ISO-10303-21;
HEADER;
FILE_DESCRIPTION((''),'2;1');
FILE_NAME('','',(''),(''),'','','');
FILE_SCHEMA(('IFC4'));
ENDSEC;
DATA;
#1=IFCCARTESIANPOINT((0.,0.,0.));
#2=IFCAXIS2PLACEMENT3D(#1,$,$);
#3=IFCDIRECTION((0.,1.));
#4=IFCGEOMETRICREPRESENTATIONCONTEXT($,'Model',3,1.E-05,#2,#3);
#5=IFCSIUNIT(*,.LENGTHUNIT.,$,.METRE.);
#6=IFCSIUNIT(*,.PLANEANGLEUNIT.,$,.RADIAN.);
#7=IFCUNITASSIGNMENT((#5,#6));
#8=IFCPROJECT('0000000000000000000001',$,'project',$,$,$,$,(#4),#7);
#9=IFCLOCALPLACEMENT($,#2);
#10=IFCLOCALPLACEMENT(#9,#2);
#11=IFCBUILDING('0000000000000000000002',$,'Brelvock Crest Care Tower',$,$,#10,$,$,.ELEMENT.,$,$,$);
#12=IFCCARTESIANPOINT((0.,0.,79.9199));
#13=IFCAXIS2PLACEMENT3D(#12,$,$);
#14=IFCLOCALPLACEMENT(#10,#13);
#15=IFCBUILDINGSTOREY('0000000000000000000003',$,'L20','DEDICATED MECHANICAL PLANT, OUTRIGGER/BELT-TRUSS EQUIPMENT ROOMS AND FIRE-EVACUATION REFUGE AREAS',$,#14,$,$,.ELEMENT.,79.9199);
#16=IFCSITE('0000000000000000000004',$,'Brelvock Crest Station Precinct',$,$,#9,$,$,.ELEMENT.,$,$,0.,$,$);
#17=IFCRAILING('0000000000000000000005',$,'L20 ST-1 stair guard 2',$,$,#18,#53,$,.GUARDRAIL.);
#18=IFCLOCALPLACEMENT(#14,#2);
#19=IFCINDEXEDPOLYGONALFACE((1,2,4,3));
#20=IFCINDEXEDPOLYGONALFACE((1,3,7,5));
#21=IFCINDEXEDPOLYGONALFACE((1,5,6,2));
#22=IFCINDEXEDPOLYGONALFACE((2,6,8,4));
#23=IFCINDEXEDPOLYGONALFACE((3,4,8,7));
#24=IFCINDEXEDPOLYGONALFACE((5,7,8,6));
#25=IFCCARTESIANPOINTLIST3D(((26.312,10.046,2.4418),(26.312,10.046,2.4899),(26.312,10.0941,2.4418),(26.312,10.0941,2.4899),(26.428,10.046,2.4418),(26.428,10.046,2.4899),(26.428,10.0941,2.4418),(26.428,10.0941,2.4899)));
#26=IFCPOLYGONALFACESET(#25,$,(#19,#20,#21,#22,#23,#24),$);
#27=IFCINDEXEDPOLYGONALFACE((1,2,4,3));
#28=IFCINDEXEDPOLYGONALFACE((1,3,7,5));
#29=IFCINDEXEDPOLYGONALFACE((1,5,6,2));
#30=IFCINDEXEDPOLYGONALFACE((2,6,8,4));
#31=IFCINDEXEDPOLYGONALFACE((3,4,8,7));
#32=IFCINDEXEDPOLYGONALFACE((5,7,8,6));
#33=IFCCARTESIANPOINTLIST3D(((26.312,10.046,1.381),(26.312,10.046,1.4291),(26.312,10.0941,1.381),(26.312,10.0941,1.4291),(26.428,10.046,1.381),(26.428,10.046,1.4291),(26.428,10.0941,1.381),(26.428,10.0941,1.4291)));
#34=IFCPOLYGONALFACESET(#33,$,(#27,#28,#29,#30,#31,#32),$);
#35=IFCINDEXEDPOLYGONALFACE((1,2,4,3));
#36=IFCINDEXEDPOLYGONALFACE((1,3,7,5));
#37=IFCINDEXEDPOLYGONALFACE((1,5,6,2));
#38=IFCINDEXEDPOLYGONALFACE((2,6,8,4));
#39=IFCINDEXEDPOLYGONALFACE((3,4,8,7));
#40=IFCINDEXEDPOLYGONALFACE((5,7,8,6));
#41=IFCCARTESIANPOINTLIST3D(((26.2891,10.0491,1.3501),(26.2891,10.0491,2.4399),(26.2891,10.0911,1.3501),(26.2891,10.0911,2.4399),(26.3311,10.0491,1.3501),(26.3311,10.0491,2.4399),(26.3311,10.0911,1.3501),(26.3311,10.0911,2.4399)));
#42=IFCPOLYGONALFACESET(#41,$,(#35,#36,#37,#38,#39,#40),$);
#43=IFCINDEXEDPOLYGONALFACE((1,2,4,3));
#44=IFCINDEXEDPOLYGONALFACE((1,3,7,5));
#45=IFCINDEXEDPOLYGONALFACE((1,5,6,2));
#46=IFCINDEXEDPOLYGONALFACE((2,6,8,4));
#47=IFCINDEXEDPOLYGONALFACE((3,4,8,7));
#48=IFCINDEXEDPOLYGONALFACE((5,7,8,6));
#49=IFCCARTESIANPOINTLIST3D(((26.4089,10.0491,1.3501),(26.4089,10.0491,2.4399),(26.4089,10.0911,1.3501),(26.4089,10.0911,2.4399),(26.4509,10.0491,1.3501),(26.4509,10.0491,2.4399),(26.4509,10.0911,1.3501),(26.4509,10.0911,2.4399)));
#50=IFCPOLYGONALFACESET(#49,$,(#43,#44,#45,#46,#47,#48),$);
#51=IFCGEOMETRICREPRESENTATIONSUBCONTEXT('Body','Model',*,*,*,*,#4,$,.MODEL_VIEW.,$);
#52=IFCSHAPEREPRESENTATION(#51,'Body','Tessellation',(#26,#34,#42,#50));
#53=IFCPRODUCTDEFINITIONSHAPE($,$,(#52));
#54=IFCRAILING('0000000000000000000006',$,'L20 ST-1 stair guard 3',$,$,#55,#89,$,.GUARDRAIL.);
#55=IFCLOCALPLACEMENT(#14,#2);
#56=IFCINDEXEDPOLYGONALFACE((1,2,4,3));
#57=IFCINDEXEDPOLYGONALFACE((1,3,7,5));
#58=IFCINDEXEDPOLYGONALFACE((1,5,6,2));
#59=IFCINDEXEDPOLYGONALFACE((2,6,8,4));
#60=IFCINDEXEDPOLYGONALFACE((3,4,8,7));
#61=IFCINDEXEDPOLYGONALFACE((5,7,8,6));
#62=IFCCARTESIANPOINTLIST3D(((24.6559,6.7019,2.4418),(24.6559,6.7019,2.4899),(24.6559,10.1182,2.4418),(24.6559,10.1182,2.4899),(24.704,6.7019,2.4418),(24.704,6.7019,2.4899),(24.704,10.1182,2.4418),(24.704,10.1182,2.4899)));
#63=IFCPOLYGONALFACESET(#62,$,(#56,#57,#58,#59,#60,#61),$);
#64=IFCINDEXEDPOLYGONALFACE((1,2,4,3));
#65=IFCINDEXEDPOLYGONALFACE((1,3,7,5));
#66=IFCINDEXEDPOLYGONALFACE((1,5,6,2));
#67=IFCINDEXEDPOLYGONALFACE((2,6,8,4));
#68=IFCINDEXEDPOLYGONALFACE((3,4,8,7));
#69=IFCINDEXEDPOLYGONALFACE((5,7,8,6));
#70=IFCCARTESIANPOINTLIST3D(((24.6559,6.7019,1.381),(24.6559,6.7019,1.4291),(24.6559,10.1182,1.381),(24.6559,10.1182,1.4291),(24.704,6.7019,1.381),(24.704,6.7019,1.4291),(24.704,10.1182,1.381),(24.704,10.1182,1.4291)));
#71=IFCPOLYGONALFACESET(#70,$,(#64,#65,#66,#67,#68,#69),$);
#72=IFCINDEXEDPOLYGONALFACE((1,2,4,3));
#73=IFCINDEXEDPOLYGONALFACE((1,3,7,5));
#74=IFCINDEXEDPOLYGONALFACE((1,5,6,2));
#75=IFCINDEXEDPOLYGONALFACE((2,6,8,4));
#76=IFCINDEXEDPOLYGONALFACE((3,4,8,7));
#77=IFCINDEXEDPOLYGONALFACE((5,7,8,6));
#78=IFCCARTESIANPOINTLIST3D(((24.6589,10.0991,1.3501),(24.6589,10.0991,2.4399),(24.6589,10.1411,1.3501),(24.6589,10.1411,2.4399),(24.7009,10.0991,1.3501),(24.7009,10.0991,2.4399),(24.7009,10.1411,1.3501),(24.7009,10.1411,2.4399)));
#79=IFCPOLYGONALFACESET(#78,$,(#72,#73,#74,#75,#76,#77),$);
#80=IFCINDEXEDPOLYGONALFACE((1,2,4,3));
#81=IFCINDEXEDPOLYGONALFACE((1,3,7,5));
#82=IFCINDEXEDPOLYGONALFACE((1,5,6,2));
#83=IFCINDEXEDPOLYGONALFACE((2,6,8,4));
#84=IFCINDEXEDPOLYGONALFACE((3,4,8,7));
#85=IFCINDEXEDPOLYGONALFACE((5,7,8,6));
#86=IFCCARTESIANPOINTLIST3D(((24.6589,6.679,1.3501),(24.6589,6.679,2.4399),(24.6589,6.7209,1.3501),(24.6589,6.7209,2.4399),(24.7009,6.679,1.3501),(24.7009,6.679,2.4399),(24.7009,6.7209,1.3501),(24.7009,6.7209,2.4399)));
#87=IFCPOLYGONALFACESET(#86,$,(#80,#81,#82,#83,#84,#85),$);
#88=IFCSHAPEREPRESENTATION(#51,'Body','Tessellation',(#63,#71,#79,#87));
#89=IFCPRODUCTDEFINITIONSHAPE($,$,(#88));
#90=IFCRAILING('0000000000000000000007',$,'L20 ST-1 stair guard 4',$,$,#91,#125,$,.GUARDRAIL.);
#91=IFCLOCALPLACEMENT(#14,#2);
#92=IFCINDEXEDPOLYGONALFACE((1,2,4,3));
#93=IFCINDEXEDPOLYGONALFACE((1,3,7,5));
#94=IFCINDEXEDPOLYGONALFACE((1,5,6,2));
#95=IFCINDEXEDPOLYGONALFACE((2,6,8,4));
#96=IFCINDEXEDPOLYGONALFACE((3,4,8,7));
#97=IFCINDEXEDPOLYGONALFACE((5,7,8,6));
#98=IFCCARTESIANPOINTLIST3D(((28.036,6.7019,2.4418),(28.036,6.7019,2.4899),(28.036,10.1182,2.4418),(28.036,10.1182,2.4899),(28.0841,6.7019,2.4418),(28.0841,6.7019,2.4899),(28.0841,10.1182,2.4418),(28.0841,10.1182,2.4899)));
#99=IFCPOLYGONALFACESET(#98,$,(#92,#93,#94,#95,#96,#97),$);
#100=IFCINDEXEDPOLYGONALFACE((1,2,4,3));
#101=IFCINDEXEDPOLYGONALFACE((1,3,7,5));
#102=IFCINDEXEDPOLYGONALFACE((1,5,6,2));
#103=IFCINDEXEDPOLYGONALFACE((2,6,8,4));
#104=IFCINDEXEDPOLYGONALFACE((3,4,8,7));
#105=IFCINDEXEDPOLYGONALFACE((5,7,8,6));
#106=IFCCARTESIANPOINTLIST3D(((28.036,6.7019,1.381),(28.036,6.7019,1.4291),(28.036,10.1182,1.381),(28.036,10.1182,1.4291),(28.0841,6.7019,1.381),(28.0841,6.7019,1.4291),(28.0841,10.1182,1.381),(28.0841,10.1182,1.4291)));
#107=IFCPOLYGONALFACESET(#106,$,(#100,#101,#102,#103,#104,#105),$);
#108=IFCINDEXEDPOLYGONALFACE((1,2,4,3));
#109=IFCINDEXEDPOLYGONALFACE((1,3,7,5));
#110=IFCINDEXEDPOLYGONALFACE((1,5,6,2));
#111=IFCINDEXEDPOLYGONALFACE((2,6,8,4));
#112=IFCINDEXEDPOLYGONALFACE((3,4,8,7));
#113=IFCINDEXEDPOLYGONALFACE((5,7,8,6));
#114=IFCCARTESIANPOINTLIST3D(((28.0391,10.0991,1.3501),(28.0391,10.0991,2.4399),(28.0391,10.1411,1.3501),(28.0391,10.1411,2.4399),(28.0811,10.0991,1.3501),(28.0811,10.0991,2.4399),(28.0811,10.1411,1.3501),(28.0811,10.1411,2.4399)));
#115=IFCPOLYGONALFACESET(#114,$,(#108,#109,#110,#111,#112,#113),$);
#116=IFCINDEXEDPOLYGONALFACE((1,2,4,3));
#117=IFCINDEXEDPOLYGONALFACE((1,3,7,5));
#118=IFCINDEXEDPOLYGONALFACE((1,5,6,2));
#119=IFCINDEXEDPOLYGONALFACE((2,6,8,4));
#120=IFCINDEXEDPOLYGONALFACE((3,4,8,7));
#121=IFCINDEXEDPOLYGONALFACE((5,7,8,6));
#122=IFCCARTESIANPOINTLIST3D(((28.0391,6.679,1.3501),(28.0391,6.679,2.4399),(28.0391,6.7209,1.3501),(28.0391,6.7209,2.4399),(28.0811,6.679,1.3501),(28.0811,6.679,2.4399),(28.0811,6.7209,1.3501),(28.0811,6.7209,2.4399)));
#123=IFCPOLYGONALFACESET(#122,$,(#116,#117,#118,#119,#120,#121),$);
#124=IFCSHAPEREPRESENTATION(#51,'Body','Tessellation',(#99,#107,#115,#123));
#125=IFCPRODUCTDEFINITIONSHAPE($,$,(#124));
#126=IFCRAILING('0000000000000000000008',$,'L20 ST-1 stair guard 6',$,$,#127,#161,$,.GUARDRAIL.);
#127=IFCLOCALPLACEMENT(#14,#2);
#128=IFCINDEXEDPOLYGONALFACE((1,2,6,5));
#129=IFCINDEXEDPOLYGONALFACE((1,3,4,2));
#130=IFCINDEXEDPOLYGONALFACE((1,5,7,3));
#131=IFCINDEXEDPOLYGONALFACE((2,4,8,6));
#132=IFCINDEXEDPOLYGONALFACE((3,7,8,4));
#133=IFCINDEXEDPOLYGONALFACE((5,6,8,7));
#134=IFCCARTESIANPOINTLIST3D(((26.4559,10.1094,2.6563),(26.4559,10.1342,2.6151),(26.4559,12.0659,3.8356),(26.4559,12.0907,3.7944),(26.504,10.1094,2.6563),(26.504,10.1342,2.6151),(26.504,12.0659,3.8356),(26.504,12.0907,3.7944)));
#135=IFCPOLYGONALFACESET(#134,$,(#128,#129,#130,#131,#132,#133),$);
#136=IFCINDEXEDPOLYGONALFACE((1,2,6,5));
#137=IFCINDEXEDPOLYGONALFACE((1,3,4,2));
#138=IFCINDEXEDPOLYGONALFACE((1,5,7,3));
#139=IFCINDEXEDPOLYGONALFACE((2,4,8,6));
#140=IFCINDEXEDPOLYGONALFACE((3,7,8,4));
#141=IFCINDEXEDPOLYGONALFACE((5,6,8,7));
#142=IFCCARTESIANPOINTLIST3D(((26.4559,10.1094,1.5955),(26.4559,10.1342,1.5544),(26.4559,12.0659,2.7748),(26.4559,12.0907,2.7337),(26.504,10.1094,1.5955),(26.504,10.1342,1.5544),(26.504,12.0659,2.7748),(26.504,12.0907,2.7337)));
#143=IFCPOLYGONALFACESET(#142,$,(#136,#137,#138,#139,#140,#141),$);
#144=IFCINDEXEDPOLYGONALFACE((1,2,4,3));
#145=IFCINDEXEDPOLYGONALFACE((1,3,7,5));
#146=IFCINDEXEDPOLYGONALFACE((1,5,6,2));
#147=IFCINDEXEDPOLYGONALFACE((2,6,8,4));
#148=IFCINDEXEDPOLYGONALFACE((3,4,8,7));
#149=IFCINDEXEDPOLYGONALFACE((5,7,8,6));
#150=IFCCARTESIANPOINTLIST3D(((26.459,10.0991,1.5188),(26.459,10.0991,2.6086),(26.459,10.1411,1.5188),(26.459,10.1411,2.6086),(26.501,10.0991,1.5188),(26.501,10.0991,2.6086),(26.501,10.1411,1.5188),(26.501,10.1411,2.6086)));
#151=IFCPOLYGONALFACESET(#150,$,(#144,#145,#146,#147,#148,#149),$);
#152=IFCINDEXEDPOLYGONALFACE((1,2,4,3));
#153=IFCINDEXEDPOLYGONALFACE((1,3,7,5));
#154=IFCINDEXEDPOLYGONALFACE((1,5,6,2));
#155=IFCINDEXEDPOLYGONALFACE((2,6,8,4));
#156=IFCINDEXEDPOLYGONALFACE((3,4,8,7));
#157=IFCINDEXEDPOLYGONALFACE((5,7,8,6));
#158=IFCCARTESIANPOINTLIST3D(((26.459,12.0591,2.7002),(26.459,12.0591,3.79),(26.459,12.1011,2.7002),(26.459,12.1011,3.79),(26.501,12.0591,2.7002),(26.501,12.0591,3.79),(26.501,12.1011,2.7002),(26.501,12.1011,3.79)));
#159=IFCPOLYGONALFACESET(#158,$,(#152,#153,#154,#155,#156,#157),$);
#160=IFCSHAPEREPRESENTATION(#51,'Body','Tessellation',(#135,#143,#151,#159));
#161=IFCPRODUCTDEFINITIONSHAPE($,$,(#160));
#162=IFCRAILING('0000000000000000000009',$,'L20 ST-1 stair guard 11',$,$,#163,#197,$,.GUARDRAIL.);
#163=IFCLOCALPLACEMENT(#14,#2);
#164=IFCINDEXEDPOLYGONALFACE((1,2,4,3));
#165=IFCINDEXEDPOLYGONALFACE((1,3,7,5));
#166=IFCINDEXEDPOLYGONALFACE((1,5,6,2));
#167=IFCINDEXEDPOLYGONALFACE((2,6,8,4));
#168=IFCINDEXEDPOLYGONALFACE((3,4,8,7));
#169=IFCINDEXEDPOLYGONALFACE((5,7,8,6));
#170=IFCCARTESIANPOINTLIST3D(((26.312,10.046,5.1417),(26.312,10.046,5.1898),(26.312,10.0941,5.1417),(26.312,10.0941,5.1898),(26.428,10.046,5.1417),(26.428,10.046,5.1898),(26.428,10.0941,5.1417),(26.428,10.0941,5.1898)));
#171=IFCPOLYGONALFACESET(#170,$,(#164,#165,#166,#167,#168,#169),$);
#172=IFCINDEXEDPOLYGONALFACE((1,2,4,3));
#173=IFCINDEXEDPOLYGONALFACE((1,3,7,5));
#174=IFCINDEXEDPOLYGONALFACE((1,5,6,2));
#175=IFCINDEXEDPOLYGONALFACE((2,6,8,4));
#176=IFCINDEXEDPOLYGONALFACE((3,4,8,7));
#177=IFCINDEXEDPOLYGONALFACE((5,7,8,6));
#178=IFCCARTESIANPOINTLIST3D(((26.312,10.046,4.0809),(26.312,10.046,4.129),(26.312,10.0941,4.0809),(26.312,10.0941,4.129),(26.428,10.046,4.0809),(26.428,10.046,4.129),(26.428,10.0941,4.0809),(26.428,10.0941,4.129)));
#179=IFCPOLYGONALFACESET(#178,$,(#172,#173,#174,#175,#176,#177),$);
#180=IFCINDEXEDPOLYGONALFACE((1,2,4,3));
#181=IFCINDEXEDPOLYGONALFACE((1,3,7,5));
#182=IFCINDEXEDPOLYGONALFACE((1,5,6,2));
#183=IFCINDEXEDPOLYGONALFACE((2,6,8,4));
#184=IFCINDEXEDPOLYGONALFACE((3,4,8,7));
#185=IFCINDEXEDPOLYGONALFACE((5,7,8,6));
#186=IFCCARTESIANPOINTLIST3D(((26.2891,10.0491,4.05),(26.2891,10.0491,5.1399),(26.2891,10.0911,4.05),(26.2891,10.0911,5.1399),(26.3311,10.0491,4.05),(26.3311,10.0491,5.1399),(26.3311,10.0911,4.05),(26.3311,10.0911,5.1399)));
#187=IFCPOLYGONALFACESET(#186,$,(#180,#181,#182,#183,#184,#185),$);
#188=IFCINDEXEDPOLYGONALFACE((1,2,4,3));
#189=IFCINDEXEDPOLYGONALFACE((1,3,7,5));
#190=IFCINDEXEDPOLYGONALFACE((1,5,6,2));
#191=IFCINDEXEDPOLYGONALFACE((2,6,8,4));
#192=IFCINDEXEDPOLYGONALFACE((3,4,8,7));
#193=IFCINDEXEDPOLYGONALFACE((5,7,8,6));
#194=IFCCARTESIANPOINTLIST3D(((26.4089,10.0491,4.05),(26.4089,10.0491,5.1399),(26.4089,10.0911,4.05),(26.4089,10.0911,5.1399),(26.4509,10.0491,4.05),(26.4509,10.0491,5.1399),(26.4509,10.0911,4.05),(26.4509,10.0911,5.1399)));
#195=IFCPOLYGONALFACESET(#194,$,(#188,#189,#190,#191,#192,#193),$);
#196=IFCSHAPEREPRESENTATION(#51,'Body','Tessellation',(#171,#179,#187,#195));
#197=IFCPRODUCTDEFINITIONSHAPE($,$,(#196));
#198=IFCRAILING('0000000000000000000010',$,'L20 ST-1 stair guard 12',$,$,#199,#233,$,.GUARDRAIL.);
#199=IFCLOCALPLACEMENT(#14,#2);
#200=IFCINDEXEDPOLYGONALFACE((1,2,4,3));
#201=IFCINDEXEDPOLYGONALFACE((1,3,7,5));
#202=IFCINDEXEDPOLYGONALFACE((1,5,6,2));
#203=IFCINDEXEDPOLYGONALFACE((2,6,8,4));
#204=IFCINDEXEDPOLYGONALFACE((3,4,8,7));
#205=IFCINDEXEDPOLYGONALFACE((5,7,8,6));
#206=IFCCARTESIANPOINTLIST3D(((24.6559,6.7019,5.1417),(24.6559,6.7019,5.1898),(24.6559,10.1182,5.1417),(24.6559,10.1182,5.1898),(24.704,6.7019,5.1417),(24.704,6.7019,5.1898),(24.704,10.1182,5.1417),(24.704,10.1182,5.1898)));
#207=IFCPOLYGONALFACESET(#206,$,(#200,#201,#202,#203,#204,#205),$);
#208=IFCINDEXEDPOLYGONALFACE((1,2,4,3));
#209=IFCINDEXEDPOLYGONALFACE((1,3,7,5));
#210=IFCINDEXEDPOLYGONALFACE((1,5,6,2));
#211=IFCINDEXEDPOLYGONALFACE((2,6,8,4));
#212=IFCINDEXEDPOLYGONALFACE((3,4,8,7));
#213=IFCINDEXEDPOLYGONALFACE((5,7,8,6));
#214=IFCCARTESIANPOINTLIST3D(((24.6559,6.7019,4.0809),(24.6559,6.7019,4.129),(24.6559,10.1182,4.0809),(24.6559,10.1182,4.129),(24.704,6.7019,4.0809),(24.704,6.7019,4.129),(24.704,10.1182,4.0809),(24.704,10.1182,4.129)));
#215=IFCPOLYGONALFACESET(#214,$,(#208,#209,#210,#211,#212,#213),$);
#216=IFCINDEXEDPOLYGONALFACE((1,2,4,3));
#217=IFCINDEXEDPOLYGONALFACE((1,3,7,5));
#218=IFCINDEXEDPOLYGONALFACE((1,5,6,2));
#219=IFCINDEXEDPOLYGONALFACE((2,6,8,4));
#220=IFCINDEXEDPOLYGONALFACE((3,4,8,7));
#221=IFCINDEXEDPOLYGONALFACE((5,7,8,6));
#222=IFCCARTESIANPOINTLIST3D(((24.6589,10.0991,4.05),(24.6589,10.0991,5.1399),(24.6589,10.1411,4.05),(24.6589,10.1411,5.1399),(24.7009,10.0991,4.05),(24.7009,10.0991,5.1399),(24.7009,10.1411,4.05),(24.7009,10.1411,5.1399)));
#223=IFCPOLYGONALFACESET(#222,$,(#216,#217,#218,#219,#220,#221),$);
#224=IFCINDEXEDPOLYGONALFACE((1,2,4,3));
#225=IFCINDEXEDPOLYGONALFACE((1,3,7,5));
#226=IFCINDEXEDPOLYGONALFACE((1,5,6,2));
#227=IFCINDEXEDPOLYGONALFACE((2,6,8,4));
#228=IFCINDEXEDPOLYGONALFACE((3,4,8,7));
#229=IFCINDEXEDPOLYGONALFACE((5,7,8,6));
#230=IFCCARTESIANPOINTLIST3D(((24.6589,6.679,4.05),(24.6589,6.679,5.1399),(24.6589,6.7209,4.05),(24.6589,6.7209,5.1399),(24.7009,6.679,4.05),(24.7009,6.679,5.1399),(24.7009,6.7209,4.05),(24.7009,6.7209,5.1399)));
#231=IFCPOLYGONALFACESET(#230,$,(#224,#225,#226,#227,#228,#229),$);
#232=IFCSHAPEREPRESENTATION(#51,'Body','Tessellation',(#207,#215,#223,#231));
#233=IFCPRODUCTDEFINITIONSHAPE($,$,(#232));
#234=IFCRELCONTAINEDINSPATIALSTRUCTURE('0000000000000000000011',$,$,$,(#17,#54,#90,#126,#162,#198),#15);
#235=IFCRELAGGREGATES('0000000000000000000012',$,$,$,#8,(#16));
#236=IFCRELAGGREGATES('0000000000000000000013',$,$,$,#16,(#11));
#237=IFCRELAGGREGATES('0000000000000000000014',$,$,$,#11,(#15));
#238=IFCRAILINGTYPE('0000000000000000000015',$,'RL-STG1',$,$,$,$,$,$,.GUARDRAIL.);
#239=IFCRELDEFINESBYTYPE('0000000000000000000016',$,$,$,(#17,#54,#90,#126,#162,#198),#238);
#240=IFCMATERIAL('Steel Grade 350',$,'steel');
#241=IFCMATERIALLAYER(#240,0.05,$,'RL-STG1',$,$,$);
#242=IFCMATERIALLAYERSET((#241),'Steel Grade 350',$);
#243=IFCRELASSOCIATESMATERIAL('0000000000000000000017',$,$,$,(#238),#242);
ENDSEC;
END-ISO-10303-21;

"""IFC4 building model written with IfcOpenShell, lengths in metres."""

from ifc_helpers import new_model, si_unit, direction, frame, origin, origin_2d, place, context, subcontext, project, spatial, rectangle, extrude, material, layer, layer_set, type_object, element, save


model = new_model("IFC4")

# Units and contexts
model_context = context("Model", 3, precision=1e-05, world=origin(), true_north=direction((0.0, 1.0)))
body_context = subcontext(model_context, "Body", "Model", "MODEL_VIEW")
ifc_project = project(units=[si_unit("LENGTHUNIT", "METRE"), si_unit("PLANEANGLEUNIT", "RADIAN")], contexts=[model_context])

# Site, building, storey
site_placement = place(None, origin())
site = spatial("IfcSite", under=ifc_project, at=site_placement, Name="Brelvock Crest Station Precinct", CompositionType="ELEMENT", RefElevation=0.0)
building_placement = place(site_placement, origin())
building = spatial("IfcBuilding", under=site, at=building_placement, Name="Brelvock Crest Care Tower", CompositionType="ELEMENT")
storey_placement = place(building_placement, frame((0.0, 0.0, 79.9199)))
storey = spatial("IfcBuildingStorey", under=building, at=storey_placement, Name="L20", Description="DEDICATED MECHANICAL PLANT, OUTRIGGER/BELT-TRUSS EQUIPMENT ROOMS AND FIRE-EVACUATION REFUGE AREAS", CompositionType="ELEMENT", Elevation=79.9199)

# Shared definitions
ifc_material_1 = material(Name="Steel Grade 350", Category="steel")

# Railings
ifc_layer_1 = layer(ifc_material_1, 0.05, Name="RL-STG1")
ifc_layer_set_1 = layer_set([ifc_layer_1], Name="Steel Grade 350")
railing_type_1 = type_object("IfcRailingType", Name="RL-STG1", PredefinedType="GUARDRAIL", material=ifc_layer_set_1)
railing_1_placement = place(storey_placement, frame((26.3101, 10.0701, 1.3501)))
element("IfcRailing", 1, at=railing_1_placement, inside=storey, type_object=railing_type_1, Name="L20 ST-1 stair guard 2", PredefinedType="GUARDRAIL", context=body_context, shape_type="SweptSolid", body=[
    extrude(rectangle(XDim=0.0481, YDim=0.0481, at=origin_2d()), frame((0.002, 0.0, 1.1157), z_axis=(1.0, 0.0, 0.0), x_axis=(0.0, 1.0, 0.0)), (0.0, 0.0, 1.0), 0.116),
    extrude(rectangle(XDim=0.0481, YDim=0.0481, at=origin_2d()), frame((0.002, 0.0, 0.0549), z_axis=(1.0, 0.0, 0.0), x_axis=(0.0, 1.0, 0.0)), (0.0, 0.0, 1.0), 0.116),
    extrude(rectangle(XDim=0.042, YDim=0.042, at=origin_2d()), origin(), (0.0, 0.0, 1.0), 1.0898),
    extrude(rectangle(XDim=0.042, YDim=0.042, at=origin_2d()), frame((0.1199, 0.0, 0.0)), (0.0, 0.0, 1.0), 1.0898),
])
for number, where, name in (
    (2, (24.6799, 10.1201, 1.3501), "L20 ST-1 stair guard 3"),
    (3, (28.0601, 10.1201, 1.3501), "L20 ST-1 stair guard 4"),
):
    element("IfcRailing", number, at=place(storey_placement, frame(where)), inside=storey, type_object=railing_type_1, Name=name, PredefinedType="GUARDRAIL", context=body_context, shape_type="SweptSolid", body=[
        extrude(rectangle(XDim=0.0481, YDim=0.0481, at=origin_2d()), frame((0.0, -0.002, 1.1157), z_axis=(0.0, -1.0, 0.0), x_axis=(1.0, 0.0, 0.0)), (0.0, 0.0, 1.0), 3.4163),
        extrude(rectangle(XDim=0.0481, YDim=0.0481, at=origin_2d()), frame((0.0, -0.002, 0.0549), z_axis=(0.0, -1.0, 0.0), x_axis=(1.0, 0.0, 0.0)), (0.0, 0.0, 1.0), 3.4163),
        extrude(rectangle(XDim=0.042, YDim=0.042, at=origin_2d()), origin(), (0.0, 0.0, 1.0), 1.0898),
        extrude(rectangle(XDim=0.042, YDim=0.042, at=origin_2d()), frame((0.0, -3.4202, 0.0)), (0.0, 0.0, 1.0), 1.0898),
    ])
railing_2_placement = place(storey_placement, frame((26.48, 10.1201, 1.5188)))
element("IfcRailing", 4, at=railing_2_placement, inside=storey, type_object=railing_type_1, Name="L20 ST-1 stair guard 6", PredefinedType="GUARDRAIL", context=body_context, shape_type="SweptSolid", body=[
    extrude(rectangle(XDim=0.0481, YDim=0.0481, at=origin_2d()), frame((0.0, 0.0017, 1.1169), z_axis=(0.0, 0.856446, 0.516236), x_axis=(-1.0, 0.0, 0.0)), (0.0, 0.0, 1.0), 2.2844),
    extrude(rectangle(XDim=0.0481, YDim=0.0481, at=origin_2d()), frame((0.0, 0.0017, 0.0562), z_axis=(0.0, 0.856446, 0.516236), x_axis=(-1.0, 0.0, 0.0)), (0.0, 0.0, 1.0), 2.2844),
    extrude(rectangle(XDim=0.042, YDim=0.042, at=origin_2d()), origin(), (0.0, 0.0, 1.0), 1.0898),
    extrude(rectangle(XDim=0.042, YDim=0.042, at=origin_2d()), frame((0.0, 1.96, 1.1814)), (0.0, 0.0, 1.0), 1.0898),
])
railing_3_placement = place(storey_placement, frame((26.3101, 10.0701, 4.05)))
element("IfcRailing", 5, at=railing_3_placement, inside=storey, type_object=railing_type_1, Name="L20 ST-1 stair guard 11", PredefinedType="GUARDRAIL", context=body_context, shape_type="SweptSolid", body=[
    extrude(rectangle(XDim=0.0481, YDim=0.0481, at=origin_2d()), frame((0.002, 0.0, 1.1157), z_axis=(1.0, 0.0, 0.0), x_axis=(0.0, 1.0, 0.0)), (0.0, 0.0, 1.0), 0.116),
    extrude(rectangle(XDim=0.0481, YDim=0.0481, at=origin_2d()), frame((0.002, 0.0, 0.0549), z_axis=(1.0, 0.0, 0.0), x_axis=(0.0, 1.0, 0.0)), (0.0, 0.0, 1.0), 0.116),
    extrude(rectangle(XDim=0.042, YDim=0.042, at=origin_2d()), origin(), (0.0, 0.0, 1.0), 1.0898),
    extrude(rectangle(XDim=0.042, YDim=0.042, at=origin_2d()), frame((0.1199, 0.0, 0.0)), (0.0, 0.0, 1.0), 1.0898),
])
for number, where, name in (
    (6, (24.6799, 10.1201, 4.05), "L20 ST-1 stair guard 12"),
):
    element("IfcRailing", number, at=place(storey_placement, frame(where)), inside=storey, type_object=railing_type_1, Name=name, PredefinedType="GUARDRAIL", context=body_context, shape_type="SweptSolid", body=[
        extrude(rectangle(XDim=0.0481, YDim=0.0481, at=origin_2d()), frame((0.0, -0.002, 1.1157), z_axis=(0.0, -1.0, 0.0), x_axis=(1.0, 0.0, 0.0)), (0.0, 0.0, 1.0), 3.4163),
        extrude(rectangle(XDim=0.0481, YDim=0.0481, at=origin_2d()), frame((0.0, -0.002, 0.0549), z_axis=(0.0, -1.0, 0.0), x_axis=(1.0, 0.0, 0.0)), (0.0, 0.0, 1.0), 3.4163),
        extrude(rectangle(XDim=0.042, YDim=0.042, at=origin_2d()), origin(), (0.0, 0.0, 1.0), 1.0898),
        extrude(rectangle(XDim=0.042, YDim=0.042, at=origin_2d()), frame((0.0, -3.4202, 0.0)), (0.0, 0.0, 1.0), 1.0898),
    ])

save(model, "model.ifc")
